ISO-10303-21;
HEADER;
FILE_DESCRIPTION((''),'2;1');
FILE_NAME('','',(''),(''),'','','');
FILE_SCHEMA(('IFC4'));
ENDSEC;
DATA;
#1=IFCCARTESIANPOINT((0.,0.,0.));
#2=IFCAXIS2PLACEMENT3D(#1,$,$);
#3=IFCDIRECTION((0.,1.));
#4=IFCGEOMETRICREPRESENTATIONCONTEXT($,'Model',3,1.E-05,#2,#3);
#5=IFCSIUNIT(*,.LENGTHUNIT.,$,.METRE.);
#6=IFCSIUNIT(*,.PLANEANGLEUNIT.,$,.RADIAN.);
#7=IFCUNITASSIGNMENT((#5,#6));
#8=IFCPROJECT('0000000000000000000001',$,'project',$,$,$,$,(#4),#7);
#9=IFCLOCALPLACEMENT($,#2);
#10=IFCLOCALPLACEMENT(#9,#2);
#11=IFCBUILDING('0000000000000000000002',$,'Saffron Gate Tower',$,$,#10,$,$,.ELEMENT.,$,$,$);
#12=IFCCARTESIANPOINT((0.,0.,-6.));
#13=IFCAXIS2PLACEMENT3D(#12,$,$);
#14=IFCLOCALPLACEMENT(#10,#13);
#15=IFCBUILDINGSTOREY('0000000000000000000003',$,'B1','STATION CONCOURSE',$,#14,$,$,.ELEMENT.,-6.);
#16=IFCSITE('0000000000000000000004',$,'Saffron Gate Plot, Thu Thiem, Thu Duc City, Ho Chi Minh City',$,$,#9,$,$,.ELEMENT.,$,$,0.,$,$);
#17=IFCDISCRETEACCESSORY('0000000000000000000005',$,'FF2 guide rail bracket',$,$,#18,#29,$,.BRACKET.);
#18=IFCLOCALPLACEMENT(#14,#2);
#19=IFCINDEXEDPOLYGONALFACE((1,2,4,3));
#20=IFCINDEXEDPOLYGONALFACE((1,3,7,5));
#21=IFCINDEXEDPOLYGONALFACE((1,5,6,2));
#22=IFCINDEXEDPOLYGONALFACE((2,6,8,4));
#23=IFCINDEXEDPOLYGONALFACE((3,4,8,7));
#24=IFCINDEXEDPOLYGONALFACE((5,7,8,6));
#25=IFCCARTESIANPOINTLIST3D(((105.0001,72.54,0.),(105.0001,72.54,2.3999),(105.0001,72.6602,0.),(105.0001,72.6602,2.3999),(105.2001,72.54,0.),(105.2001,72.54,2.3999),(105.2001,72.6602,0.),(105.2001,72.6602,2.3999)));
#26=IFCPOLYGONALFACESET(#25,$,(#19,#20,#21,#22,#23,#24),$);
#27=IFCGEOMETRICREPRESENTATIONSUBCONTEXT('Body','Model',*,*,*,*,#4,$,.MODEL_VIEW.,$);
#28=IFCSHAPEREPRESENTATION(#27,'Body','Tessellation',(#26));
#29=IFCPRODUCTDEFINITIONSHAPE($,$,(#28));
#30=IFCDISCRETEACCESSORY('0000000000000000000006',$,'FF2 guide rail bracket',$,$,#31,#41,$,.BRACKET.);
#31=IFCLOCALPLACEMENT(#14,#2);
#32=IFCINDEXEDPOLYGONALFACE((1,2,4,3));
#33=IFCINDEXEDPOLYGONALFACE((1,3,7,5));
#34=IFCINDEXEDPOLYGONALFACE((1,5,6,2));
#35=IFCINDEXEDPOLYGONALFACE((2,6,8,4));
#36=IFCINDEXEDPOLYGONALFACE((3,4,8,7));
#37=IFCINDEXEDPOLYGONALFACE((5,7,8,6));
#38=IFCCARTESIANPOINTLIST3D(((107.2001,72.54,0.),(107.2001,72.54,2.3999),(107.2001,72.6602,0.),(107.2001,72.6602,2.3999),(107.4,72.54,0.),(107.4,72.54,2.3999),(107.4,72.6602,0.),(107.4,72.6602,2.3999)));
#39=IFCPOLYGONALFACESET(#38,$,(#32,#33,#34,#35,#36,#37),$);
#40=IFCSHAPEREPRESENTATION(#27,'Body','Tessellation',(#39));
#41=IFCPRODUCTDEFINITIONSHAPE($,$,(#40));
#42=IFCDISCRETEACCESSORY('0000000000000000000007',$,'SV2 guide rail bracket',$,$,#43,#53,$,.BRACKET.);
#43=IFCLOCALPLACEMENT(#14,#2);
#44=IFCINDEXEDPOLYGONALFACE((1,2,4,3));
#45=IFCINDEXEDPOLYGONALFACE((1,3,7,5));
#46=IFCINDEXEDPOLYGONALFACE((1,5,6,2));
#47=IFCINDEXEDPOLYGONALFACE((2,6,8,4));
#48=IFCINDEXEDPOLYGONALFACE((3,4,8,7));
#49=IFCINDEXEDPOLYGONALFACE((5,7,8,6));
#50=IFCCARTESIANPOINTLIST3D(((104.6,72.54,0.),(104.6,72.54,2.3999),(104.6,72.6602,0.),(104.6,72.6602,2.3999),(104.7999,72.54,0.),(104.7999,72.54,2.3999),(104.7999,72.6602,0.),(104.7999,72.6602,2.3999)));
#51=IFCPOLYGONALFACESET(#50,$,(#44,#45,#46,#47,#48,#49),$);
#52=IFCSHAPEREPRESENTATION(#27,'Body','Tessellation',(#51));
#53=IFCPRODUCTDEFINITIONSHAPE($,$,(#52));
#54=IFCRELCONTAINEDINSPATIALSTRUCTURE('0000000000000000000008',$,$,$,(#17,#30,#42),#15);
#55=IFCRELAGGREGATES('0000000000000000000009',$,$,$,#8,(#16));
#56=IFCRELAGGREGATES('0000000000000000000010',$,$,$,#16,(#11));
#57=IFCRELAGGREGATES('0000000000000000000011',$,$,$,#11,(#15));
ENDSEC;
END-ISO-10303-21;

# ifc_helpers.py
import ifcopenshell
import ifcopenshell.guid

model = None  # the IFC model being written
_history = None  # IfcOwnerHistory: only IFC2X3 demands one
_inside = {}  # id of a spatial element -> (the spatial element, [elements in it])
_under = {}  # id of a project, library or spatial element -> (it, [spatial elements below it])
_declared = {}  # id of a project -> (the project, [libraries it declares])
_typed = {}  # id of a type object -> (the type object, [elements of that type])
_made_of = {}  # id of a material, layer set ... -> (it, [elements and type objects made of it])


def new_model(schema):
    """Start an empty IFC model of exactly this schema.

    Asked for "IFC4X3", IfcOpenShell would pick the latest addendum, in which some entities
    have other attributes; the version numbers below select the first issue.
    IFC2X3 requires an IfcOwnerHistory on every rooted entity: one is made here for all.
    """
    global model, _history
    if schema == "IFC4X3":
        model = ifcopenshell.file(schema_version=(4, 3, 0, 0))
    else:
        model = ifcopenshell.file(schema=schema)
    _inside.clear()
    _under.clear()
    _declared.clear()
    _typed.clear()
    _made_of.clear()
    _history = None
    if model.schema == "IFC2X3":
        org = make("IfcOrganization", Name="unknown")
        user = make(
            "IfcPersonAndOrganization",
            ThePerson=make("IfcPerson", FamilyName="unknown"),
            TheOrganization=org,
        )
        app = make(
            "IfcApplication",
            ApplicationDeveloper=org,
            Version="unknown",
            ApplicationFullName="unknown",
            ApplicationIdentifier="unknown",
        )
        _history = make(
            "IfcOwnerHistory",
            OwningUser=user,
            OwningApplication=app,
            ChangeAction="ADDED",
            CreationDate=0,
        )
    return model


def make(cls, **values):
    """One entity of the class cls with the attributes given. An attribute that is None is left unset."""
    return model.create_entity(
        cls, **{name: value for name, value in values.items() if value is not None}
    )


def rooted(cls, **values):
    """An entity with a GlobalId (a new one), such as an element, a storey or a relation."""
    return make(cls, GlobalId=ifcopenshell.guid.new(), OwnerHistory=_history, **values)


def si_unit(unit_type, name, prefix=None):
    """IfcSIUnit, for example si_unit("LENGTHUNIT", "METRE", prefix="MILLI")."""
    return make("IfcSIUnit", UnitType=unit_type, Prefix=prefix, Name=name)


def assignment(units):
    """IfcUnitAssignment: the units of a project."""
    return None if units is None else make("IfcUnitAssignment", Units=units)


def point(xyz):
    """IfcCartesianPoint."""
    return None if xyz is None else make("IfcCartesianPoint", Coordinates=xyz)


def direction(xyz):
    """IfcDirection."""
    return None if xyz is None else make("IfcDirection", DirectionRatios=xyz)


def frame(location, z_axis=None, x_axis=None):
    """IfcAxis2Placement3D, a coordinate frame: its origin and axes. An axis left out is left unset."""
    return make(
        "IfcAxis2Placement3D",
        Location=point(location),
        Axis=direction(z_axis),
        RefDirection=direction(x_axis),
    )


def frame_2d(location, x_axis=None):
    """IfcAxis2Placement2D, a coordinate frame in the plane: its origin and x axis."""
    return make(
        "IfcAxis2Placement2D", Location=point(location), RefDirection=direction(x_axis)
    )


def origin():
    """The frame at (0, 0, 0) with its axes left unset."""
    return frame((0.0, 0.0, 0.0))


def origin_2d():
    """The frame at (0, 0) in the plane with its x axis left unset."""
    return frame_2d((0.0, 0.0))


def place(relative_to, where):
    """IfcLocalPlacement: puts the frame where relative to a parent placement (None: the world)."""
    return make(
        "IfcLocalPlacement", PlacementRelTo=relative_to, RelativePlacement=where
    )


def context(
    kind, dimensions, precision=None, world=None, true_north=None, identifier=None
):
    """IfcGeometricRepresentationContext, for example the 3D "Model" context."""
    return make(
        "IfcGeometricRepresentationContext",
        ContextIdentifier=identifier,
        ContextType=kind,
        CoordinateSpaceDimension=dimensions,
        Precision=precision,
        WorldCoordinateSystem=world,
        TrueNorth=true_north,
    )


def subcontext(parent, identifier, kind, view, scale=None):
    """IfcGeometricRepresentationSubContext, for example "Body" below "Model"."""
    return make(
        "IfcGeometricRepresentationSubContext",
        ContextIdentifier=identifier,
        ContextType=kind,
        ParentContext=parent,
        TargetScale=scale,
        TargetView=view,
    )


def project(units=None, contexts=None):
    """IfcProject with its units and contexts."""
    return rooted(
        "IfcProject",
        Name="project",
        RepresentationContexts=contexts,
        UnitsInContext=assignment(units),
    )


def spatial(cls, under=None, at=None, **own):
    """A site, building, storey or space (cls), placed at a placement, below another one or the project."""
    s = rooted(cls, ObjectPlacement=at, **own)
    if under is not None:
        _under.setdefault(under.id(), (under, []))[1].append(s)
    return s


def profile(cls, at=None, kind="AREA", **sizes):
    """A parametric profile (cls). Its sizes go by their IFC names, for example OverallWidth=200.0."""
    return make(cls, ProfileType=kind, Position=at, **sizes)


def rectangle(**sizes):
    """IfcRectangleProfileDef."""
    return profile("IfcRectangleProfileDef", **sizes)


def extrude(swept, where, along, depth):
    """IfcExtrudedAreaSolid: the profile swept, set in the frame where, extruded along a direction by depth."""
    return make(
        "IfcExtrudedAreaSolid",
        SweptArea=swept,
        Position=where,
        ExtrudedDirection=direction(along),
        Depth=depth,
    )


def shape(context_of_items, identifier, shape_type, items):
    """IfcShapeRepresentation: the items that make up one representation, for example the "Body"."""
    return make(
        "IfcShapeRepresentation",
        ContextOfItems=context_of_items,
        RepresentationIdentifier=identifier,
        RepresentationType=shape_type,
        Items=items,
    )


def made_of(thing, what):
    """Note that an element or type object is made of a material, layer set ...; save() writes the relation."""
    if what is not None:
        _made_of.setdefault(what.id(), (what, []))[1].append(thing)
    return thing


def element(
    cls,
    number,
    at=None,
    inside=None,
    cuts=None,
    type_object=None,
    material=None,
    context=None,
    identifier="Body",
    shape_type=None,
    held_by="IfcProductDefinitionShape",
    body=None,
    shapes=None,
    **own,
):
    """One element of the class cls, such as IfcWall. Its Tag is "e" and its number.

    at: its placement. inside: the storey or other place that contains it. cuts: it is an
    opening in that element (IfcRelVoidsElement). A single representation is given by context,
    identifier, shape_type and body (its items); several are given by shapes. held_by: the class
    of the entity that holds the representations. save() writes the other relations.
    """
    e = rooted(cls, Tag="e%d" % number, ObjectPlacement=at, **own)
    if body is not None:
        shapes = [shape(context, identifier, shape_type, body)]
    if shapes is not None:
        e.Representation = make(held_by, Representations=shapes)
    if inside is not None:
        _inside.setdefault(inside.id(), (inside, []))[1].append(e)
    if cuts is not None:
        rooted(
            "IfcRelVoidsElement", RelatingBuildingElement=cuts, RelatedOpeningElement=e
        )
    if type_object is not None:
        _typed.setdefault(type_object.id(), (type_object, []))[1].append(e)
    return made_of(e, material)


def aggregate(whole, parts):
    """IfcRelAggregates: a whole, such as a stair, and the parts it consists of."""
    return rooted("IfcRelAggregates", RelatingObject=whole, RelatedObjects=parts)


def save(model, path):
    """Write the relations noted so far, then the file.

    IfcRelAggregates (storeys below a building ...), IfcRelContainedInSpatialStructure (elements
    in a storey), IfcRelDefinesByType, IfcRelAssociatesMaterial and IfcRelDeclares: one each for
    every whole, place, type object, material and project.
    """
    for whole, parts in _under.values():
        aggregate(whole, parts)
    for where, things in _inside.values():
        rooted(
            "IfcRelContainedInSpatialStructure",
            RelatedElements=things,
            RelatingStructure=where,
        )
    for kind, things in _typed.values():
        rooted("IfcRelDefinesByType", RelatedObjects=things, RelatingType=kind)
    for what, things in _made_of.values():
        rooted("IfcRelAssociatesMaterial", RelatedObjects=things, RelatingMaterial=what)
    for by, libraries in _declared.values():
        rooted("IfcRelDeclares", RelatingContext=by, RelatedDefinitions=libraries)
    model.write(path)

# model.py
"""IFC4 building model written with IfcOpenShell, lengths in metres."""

from ifc_helpers import new_model, si_unit, direction, frame, origin, origin_2d, place, context, subcontext, project, spatial, rectangle, extrude, element, save


model = new_model("IFC4")

# Units and contexts
model_context = context("Model", 3, precision=1e-05, world=origin(), true_north=direction((0.0, 1.0)))
body_context = subcontext(model_context, "Body", "Model", "MODEL_VIEW")
ifc_project = project(units=[si_unit("LENGTHUNIT", "METRE"), si_unit("PLANEANGLEUNIT", "RADIAN")], contexts=[model_context])

# Site, building, storey
site_placement = place(None, origin())
site = spatial("IfcSite", under=ifc_project, at=site_placement, Name="Saffron Gate Plot, Thu Thiem, Thu Duc City, Ho Chi Minh City", CompositionType="ELEMENT", RefElevation=0.0)
building_placement = place(site_placement, origin())
building = spatial("IfcBuilding", under=site, at=building_placement, Name="Saffron Gate Tower", CompositionType="ELEMENT")
storey_placement = place(building_placement, frame((0.0, 0.0, -6.0)))
storey = spatial("IfcBuildingStorey", under=building, at=storey_placement, Name="B1", Description="STATION CONCOURSE", CompositionType="ELEMENT", Elevation=-6.0)

# Discrete accessories
for number, where, z_axis, x_axis, name in (
    (1, (105.1001, 72.6001, 0.0), (0.0, 0.0, 1.0), (1.0, 0.0, 0.0), "FF2 guide rail bracket"),
    (2, (107.3, 72.6001, 0.0), (0.0, 0.0, 1.0), (1.0, 0.0, 0.0), "FF2 guide rail bracket"),
    (3, (104.7, 72.6001, 0.0), (0.0, 0.0, 1.0), (1.0, 0.0, 0.0), "SV2 guide rail bracket"),
):
    element("IfcDiscreteAccessory", number, at=place(storey_placement, frame(where, z_axis=z_axis, x_axis=x_axis)), inside=storey, Name=name, PredefinedType="BRACKET", context=body_context, shape_type="SweptSolid", body=[
        extrude(rectangle(XDim=0.2, YDim=0.1201, at=origin_2d()), origin(), (0.0, 0.0, 1.0), 2.3999),
    ])

save(model, "model.ifc")
